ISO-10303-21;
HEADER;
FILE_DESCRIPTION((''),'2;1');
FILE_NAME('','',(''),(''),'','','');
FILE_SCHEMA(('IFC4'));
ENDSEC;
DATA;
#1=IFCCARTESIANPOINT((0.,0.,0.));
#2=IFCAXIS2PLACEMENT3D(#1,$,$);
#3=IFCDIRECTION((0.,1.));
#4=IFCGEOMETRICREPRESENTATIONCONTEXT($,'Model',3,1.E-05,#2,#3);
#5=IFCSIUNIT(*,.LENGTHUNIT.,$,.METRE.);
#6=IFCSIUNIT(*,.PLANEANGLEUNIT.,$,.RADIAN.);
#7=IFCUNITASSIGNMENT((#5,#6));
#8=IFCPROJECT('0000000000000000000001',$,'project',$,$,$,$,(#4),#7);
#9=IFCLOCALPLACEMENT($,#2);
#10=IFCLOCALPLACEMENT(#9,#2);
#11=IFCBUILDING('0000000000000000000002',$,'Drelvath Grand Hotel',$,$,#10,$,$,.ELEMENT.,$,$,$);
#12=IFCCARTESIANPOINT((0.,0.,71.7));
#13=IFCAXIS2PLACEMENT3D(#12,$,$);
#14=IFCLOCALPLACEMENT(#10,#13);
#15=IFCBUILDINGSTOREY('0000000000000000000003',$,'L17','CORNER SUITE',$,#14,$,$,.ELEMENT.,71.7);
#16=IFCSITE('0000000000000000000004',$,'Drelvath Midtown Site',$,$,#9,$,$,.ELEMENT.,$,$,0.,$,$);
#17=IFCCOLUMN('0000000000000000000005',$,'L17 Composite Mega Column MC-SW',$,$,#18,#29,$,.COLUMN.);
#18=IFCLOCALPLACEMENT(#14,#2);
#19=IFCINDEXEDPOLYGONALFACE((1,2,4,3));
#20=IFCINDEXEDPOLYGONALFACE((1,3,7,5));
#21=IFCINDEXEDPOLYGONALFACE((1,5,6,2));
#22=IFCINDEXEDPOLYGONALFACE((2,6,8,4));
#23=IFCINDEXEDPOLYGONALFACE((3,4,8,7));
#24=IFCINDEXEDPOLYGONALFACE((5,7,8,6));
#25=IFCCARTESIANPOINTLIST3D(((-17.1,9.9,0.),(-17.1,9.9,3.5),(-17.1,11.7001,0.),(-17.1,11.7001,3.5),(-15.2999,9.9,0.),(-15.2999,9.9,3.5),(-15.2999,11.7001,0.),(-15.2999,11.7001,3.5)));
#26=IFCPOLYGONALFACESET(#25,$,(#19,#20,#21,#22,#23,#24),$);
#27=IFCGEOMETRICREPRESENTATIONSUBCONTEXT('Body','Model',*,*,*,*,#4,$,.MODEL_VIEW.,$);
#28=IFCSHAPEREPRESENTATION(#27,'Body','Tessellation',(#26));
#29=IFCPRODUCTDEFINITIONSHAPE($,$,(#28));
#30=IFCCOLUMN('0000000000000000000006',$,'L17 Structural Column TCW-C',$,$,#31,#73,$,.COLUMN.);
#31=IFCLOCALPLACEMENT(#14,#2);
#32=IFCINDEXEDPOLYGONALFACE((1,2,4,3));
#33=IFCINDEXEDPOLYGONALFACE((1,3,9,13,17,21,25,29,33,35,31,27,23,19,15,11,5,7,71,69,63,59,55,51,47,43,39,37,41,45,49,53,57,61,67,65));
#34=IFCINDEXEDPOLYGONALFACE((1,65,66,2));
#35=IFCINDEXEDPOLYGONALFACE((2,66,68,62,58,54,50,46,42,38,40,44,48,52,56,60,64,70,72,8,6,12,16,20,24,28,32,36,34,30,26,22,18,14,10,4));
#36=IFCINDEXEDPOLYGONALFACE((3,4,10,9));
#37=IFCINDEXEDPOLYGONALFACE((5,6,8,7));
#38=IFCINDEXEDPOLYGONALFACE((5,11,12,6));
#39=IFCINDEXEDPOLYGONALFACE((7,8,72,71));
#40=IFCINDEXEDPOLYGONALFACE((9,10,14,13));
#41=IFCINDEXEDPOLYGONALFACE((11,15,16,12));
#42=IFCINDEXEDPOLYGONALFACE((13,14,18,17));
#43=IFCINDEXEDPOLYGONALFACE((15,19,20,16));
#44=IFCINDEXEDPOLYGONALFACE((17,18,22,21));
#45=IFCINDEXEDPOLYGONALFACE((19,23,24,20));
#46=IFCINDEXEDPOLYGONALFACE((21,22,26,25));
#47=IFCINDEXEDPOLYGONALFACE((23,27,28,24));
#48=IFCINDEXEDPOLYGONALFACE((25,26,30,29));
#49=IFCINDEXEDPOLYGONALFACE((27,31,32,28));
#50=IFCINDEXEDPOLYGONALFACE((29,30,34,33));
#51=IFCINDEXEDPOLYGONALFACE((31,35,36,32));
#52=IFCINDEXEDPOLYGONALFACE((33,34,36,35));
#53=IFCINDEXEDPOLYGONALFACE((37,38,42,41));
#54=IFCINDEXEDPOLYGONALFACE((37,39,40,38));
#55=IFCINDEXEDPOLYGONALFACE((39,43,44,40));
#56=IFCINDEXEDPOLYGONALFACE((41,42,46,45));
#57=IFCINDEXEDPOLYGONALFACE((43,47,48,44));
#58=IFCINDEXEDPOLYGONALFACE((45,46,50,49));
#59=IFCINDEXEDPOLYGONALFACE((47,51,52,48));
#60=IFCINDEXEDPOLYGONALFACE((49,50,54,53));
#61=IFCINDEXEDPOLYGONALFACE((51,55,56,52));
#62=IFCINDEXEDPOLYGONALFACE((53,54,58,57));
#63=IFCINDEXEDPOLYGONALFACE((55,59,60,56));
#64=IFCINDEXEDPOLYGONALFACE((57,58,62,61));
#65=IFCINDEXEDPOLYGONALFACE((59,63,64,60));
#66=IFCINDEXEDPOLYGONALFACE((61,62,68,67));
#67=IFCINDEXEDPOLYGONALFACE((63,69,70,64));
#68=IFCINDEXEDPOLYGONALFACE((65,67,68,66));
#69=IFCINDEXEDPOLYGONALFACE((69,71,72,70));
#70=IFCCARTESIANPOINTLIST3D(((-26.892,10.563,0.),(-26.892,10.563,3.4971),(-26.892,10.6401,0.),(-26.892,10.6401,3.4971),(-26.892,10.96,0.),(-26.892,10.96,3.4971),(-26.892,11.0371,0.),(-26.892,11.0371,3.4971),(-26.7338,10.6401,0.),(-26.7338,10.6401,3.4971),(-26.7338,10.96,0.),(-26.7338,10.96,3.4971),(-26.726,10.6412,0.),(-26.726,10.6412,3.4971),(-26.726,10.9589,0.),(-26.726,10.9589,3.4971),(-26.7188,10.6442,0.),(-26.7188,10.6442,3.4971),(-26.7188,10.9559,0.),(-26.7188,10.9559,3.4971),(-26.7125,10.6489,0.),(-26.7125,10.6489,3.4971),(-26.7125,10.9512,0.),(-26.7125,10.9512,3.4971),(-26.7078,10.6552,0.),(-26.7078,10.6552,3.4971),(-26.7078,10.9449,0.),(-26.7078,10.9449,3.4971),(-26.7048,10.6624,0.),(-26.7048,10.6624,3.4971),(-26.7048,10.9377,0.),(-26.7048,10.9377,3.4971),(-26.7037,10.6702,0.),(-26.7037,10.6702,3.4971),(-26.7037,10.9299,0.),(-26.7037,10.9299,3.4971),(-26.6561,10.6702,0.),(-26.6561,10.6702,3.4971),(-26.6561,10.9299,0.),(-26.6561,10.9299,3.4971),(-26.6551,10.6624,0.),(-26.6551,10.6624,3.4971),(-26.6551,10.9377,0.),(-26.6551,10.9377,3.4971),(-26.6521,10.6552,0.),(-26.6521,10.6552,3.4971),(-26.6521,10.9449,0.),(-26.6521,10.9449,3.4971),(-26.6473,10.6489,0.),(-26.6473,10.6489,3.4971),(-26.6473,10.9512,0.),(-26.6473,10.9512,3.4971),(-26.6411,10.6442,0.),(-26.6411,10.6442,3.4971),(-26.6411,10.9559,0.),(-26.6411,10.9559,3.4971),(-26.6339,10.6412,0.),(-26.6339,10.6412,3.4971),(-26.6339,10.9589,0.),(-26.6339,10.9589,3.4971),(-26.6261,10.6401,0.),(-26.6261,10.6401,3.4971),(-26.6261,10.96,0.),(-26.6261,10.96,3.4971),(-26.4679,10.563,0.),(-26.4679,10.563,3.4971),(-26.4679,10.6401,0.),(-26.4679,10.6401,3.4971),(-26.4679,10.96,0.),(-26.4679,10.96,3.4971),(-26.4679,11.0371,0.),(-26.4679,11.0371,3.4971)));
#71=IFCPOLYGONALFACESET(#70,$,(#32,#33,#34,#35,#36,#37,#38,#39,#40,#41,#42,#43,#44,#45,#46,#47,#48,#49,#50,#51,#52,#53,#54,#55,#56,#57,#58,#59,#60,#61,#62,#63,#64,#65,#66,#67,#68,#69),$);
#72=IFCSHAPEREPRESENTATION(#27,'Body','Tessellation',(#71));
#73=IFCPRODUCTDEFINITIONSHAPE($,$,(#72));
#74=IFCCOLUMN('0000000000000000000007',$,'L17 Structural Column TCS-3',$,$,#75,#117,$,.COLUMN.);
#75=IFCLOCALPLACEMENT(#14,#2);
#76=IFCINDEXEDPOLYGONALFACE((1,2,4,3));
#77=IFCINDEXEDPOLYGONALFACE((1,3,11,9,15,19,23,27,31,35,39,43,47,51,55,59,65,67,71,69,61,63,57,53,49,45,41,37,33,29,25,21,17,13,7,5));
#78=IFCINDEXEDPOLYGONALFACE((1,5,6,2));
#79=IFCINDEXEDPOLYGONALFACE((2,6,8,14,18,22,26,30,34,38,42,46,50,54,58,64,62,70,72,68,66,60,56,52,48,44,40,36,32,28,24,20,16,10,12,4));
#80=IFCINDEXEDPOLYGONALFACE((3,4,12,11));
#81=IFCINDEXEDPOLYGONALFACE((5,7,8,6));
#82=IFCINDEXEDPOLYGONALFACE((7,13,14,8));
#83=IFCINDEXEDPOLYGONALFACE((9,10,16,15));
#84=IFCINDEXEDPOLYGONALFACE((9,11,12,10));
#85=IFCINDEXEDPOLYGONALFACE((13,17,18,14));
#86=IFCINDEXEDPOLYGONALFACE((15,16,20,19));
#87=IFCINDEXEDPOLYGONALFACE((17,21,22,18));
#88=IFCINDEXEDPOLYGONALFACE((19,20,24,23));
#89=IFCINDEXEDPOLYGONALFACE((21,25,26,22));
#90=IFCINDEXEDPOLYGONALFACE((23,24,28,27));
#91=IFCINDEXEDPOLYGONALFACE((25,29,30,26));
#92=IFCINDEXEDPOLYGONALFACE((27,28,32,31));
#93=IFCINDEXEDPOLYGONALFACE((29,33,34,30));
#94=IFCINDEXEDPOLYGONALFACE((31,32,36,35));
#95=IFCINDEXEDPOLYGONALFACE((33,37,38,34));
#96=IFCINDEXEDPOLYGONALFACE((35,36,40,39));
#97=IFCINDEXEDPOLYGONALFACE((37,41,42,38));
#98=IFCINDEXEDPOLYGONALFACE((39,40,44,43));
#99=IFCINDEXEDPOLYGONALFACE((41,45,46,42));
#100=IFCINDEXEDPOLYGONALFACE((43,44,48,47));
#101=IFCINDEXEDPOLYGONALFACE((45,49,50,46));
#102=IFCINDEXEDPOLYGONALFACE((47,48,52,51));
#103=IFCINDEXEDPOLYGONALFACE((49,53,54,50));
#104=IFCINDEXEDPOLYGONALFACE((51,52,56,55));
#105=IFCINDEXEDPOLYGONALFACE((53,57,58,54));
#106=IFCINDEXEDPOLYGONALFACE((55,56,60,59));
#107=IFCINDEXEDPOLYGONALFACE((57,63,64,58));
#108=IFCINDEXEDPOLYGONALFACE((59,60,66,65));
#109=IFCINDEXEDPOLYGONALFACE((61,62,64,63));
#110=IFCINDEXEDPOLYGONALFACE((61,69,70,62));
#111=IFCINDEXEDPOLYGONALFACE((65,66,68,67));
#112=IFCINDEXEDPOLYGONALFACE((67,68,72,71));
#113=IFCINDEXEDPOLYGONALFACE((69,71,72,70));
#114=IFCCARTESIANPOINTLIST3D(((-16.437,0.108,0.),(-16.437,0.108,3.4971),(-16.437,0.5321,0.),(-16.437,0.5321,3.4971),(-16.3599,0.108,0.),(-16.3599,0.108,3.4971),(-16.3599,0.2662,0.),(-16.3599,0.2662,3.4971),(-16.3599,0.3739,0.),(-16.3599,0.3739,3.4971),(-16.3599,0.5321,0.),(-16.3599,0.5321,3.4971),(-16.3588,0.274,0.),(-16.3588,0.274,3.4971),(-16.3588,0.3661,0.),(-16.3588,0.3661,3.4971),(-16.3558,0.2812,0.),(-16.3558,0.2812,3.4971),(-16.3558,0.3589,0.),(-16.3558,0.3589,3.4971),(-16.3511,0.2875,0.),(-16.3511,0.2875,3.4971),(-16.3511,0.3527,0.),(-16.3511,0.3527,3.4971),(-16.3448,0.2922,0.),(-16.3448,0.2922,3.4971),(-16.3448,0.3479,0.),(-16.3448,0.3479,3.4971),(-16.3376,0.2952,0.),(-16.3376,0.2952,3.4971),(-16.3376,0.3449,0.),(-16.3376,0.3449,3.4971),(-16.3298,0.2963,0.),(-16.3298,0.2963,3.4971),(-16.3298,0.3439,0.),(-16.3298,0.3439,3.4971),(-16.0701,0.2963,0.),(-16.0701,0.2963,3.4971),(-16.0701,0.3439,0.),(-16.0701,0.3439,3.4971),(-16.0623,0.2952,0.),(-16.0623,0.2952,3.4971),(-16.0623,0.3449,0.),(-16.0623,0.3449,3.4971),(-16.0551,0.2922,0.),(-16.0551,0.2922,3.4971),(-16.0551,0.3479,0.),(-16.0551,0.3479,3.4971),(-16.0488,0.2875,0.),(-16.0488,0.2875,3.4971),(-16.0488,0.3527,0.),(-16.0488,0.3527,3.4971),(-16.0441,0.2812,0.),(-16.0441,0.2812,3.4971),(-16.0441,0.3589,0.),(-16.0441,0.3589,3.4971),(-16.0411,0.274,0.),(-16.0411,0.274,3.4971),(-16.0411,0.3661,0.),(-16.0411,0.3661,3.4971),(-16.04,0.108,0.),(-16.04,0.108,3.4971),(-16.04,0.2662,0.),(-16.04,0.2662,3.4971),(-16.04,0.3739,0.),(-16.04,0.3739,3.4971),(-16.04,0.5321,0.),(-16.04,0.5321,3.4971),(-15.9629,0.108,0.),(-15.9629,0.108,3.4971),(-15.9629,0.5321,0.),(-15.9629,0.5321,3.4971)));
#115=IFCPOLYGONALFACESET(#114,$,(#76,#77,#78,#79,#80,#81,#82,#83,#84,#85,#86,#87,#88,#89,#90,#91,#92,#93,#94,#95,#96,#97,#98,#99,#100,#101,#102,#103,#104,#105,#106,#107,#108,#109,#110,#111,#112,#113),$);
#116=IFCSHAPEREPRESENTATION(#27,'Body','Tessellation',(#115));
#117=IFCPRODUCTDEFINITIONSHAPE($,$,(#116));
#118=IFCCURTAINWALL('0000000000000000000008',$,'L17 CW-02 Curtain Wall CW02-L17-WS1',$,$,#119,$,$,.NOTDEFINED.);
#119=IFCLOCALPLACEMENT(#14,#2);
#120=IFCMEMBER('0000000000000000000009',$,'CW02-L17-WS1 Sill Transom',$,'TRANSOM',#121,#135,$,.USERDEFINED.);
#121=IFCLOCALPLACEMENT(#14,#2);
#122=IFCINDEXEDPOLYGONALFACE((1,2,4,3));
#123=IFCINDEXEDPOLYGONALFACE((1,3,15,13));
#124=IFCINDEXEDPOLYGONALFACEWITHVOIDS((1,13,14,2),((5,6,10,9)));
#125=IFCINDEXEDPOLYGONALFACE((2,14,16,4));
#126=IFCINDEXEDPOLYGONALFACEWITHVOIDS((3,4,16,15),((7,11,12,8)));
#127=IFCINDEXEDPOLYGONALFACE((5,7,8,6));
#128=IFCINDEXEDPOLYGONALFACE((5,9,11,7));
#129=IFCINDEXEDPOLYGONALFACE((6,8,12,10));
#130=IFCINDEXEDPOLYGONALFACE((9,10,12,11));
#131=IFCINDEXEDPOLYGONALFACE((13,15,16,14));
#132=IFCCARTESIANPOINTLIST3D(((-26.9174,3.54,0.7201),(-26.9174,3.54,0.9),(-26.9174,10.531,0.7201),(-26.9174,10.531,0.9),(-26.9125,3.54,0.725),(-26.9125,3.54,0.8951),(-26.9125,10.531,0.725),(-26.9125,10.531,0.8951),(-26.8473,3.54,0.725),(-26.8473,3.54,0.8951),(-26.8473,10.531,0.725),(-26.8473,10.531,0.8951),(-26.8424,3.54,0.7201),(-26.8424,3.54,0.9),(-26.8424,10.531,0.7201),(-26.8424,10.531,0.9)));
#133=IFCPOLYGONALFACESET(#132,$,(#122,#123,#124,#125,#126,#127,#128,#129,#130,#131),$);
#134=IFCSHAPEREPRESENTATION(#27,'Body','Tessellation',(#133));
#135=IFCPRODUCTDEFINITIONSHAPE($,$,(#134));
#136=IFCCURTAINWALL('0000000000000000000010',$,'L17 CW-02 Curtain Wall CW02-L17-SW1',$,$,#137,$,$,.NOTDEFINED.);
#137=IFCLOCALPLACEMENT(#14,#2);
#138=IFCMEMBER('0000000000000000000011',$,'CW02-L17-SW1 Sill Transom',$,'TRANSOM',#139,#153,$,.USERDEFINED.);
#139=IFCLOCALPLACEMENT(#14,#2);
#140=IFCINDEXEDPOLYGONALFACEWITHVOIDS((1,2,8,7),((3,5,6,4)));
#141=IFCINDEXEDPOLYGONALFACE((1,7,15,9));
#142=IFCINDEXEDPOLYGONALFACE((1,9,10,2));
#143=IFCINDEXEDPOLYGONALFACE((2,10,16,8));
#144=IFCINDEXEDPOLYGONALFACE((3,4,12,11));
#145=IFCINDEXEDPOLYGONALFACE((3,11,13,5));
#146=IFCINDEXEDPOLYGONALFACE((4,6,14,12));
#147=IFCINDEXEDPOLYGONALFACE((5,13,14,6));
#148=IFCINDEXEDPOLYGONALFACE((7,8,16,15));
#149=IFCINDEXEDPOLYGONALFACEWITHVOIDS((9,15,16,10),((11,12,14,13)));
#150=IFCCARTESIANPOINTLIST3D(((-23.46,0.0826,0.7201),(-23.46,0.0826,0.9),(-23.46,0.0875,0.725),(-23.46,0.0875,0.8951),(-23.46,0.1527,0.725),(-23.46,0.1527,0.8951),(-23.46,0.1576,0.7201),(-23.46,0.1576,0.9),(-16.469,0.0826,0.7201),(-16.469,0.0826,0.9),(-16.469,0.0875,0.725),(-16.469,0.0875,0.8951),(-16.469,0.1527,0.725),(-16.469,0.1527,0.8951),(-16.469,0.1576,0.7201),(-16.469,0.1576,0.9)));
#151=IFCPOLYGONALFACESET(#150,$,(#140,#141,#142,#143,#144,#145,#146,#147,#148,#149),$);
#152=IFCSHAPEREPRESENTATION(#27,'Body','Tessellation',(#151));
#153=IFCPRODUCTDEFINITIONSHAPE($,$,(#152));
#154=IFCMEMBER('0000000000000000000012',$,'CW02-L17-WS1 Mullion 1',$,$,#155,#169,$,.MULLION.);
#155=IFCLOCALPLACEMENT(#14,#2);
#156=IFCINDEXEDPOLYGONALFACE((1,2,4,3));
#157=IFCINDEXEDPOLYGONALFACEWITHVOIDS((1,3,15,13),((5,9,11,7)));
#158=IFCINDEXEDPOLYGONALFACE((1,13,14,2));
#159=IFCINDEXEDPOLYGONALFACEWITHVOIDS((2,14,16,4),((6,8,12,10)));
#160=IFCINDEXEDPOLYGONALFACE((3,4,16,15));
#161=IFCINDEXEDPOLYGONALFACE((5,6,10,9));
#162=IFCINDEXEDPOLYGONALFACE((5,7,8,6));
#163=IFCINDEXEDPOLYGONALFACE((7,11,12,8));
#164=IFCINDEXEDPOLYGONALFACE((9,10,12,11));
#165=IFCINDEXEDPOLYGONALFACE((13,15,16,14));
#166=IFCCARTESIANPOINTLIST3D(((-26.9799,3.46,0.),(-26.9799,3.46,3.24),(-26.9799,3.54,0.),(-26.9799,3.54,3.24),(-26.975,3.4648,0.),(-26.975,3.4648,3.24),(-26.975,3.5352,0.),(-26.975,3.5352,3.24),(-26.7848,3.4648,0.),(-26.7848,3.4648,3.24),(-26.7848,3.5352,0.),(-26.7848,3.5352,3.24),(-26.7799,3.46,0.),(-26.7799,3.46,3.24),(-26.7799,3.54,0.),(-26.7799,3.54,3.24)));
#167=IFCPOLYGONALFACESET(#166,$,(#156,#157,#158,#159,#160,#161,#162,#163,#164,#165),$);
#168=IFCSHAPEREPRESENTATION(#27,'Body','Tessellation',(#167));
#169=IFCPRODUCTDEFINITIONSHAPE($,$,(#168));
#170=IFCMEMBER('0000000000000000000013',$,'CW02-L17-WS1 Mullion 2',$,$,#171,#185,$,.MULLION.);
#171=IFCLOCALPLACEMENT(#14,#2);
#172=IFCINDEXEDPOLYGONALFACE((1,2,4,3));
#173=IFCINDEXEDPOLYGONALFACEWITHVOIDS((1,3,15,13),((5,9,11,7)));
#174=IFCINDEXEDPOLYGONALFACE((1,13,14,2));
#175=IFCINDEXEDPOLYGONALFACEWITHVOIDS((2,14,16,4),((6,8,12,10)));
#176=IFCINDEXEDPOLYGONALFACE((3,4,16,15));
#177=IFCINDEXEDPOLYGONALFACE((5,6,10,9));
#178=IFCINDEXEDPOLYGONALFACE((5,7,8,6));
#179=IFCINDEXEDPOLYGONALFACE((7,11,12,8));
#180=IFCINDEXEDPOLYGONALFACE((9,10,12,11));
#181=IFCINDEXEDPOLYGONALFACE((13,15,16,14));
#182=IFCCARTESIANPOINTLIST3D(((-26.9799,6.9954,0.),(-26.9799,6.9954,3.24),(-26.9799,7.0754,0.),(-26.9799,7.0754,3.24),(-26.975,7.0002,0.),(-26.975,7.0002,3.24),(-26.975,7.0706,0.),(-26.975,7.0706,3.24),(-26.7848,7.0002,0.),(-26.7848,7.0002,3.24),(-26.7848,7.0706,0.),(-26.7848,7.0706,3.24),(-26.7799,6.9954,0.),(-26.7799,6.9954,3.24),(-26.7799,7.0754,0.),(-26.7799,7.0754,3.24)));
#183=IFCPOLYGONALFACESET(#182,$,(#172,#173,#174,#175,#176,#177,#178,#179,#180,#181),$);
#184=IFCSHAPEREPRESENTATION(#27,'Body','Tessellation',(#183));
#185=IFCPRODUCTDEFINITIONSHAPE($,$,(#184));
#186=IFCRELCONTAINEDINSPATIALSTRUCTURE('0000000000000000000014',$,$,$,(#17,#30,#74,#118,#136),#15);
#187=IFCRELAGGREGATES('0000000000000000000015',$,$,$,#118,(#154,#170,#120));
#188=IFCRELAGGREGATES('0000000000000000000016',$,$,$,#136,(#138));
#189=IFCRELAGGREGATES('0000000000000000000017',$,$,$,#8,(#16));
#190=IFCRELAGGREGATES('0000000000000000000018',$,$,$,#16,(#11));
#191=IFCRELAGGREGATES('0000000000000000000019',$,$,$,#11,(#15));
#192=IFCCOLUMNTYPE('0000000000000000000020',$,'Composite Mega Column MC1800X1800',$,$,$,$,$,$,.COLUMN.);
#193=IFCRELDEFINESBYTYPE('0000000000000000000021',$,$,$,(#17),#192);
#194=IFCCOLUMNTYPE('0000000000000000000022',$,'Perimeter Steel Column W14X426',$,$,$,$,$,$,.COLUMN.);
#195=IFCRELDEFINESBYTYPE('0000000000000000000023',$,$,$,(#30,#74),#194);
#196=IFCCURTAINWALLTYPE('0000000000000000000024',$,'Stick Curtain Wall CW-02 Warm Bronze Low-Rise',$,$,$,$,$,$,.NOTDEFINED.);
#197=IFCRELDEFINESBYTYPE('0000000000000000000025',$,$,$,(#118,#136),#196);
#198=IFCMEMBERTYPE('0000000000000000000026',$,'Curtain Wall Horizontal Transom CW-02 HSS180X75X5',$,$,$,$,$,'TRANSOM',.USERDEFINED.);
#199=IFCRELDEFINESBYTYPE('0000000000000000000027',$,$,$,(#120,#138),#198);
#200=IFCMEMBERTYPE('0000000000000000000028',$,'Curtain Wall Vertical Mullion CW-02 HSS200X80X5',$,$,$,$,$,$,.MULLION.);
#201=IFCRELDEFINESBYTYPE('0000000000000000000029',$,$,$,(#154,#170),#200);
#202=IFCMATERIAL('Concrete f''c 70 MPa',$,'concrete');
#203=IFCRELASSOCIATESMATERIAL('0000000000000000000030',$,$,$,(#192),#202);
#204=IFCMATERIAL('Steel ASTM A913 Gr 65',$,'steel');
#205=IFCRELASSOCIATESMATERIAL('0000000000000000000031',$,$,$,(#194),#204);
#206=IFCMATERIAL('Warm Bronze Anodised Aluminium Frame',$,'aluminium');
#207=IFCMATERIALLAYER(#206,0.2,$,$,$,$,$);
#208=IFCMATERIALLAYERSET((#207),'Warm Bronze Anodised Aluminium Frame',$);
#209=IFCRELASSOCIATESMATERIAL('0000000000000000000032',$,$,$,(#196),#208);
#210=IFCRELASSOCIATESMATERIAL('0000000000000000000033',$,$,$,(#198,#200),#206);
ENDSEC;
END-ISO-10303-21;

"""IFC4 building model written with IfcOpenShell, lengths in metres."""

from ifc_helpers import new_model, si_unit, direction, frame, origin, origin_2d, place, context, subcontext, project, spatial, rectangle, hollow_rectangle, i_section, extrude, material, layer, layer_set, material_profile, profile_set, type_object, element, aggregate, save


model = new_model("IFC4")

# Units and contexts
model_context = context("Model", 3, precision=1e-05, world=origin(), true_north=direction((0.0, 1.0)))
body_context = subcontext(model_context, "Body", "Model", "MODEL_VIEW")
ifc_project = project(units=[si_unit("LENGTHUNIT", "METRE"), si_unit("PLANEANGLEUNIT", "RADIAN")], contexts=[model_context])

# Site, building, storey
site_placement = place(None, origin())
site = spatial("IfcSite", under=ifc_project, at=site_placement, Name="Drelvath Midtown Site", CompositionType="ELEMENT", RefElevation=0.0)
building_placement = place(site_placement, origin())
building = spatial("IfcBuilding", under=site, at=building_placement, Name="Drelvath Grand Hotel", CompositionType="ELEMENT")
storey_placement = place(building_placement, frame((0.0, 0.0, 71.7)))
storey = spatial("IfcBuildingStorey", under=building, at=storey_placement, Name="L17", Description="CORNER SUITE", CompositionType="ELEMENT", Elevation=71.7)

# Columns
ifc_material_1 = material(Name="Concrete f'c 70 MPa", Category="concrete")
ifc_material_profile_1 = material_profile(ifc_material_1, rectangle(XDim=1.8, YDim=1.8, at=origin_2d()), Name="MC1800X1800")
ifc_profile_set_1 = profile_set([ifc_material_profile_1], Name="Concrete f'c 70 MPa")
column_type_1 = type_object("IfcColumnType", Name="Composite Mega Column MC1800X1800", PredefinedType="COLUMN", material=ifc_profile_set_1)
column_placement = place(storey_placement, frame((-16.2, 10.8, 0.0), z_axis=(0.0, 0.0, 1.0), x_axis=(1.0, 0.0, 0.0)))
element("IfcColumn", 1, at=column_placement, inside=storey, type_object=column_type_1, Name="L17 Composite Mega Column MC-SW", PredefinedType="COLUMN", context=body_context, shape_type="SweptSolid", body=[
    extrude(rectangle(XDim=1.8, YDim=1.8, at=origin_2d()), origin(), (0.0, 0.0, 1.0), 3.5),
])
ifc_material_2 = material(Name="Steel ASTM A913 Gr 65", Category="steel")
ifc_material_profile_2 = material_profile(ifc_material_2, i_section(OverallWidth=0.4241, OverallDepth=0.4741, WebThickness=0.0476, FlangeThickness=0.0771, FilletRadius=0.03, at=origin_2d()), Name="W14X426")
ifc_profile_set_2 = profile_set([ifc_material_profile_2], Name="Steel ASTM A913 Gr 65")
column_type_2 = type_object("IfcColumnType", Name="Perimeter Steel Column W14X426", PredefinedType="COLUMN", material=ifc_profile_set_2)
for number, where, z_axis, x_axis, name in (
    (2, (-26.6799, 10.8, 0.0), (0.0, 0.0, 1.0), (1.0, 0.0, 0.0), "L17 Structural Column TCW-C"),
    (3, (-16.2, 0.3201, 0.0), (0.0, 0.0, 1.0), (0.0, 1.0, 0.0), "L17 Structural Column TCS-3"),
):
    element("IfcColumn", number, at=place(storey_placement, frame(where, z_axis=z_axis, x_axis=x_axis)), inside=storey, type_object=column_type_2, Name=name, PredefinedType="COLUMN", context=body_context, shape_type="SweptSolid", body=[
        extrude(i_section(OverallWidth=0.4241, OverallDepth=0.4741, WebThickness=0.0476, FlangeThickness=0.0771, FilletRadius=0.03, at=origin_2d()), origin(), (0.0, 0.0, 1.0), 3.4971),
    ])

# Curtain walls, members
ifc_material_3 = material(Name="Warm Bronze Anodised Aluminium Frame", Category="aluminium")
ifc_layer_1 = layer(ifc_material_3, 0.2)
ifc_layer_set_1 = layer_set([ifc_layer_1], Name="Warm Bronze Anodised Aluminium Frame")
curtain_wall_type = type_object("IfcCurtainWallType", Name="Stick Curtain Wall CW-02 Warm Bronze Low-Rise", PredefinedType="NOTDEFINED", material=ifc_layer_set_1)
curtain_wall_1_placement = place(storey_placement, origin())
curtain_wall_1 = element("IfcCurtainWall", 4, at=curtain_wall_1_placement, inside=storey, type_object=curtain_wall_type, Name="L17 CW-02 Curtain Wall CW02-L17-WS1", PredefinedType="NOTDEFINED")
ifc_material_profile_3 = material_profile(ifc_material_3, hollow_rectangle(XDim=0.075, YDim=0.1799, WallThickness=0.0049, at=origin_2d()), Name="HSS180X75X5")
ifc_profile_set_3 = profile_set([ifc_material_profile_3], Name="Warm Bronze Anodised Aluminium Frame")
member_type_1 = type_object("IfcMemberType", Name="Curtain Wall Horizontal Transom CW-02 HSS180X75X5", ElementType="TRANSOM", PredefinedType="USERDEFINED", material=ifc_profile_set_3)
member_1_placement = place(storey_placement, frame((-26.8799, 3.54, 0.8101), z_axis=(0.0, 1.0, 0.0), x_axis=(-1.0, 0.0, 0.0)))
member_1 = element("IfcMember", 5, at=member_1_placement, type_object=member_type_1, Name="CW02-L17-WS1 Sill Transom", ObjectType="TRANSOM", PredefinedType="USERDEFINED", context=body_context, shape_type="SweptSolid", body=[
    extrude(hollow_rectangle(XDim=0.075, YDim=0.1799, WallThickness=0.0049, at=origin_2d()), origin(), (0.0, 0.0, 1.0), 6.991),
])
curtain_wall_2_placement = place(storey_placement, origin())
curtain_wall_2 = element("IfcCurtainWall", 6, at=curtain_wall_2_placement, inside=storey, type_object=curtain_wall_type, Name="L17 CW-02 Curtain Wall CW02-L17-SW1", PredefinedType="NOTDEFINED")
member_2_placement = place(storey_placement, frame((-16.469, 0.1201, 0.8101), z_axis=(-1.0, 0.0, 0.0), x_axis=(0.0, -1.0, 0.0)))
member_2 = element("IfcMember", 7, at=member_2_placement, type_object=member_type_1, Name="CW02-L17-SW1 Sill Transom", ObjectType="TRANSOM", PredefinedType="USERDEFINED", context=body_context, shape_type="SweptSolid", body=[
    extrude(hollow_rectangle(XDim=0.075, YDim=0.1799, WallThickness=0.0049, at=origin_2d()), origin(), (0.0, 0.0, 1.0), 6.991),
])

# Members
ifc_material_profile_4 = material_profile(ifc_material_3, hollow_rectangle(XDim=0.0801, YDim=0.2, WallThickness=0.0049, at=origin_2d()), Name="HSS200X80X5")
ifc_profile_set_4 = profile_set([ifc_material_profile_4], Name="Warm Bronze Anodised Aluminium Frame")
member_type_2 = type_object("IfcMemberType", Name="Curtain Wall Vertical Mullion CW-02 HSS200X80X5", PredefinedType="MULLION", material=ifc_profile_set_4)
member_3_placement = place(storey_placement, frame((-26.8799, 3.5, 0.0), z_axis=(0.0, 0.0, 1.0), x_axis=(0.0, 1.0, 0.0)))
member_3 = element("IfcMember", 8, at=member_3_placement, type_object=member_type_2, Name="CW02-L17-WS1 Mullion 1", PredefinedType="MULLION", context=body_context, shape_type="SweptSolid", body=[
    extrude(hollow_rectangle(XDim=0.0801, YDim=0.2, WallThickness=0.0049, at=origin_2d()), origin(), (0.0, 0.0, 1.0), 3.24),
])
member_4_placement = place(storey_placement, frame((-26.8799, 7.0354, 0.0), z_axis=(0.0, 0.0, 1.0), x_axis=(0.0, 1.0, 0.0)))
member_4 = element("IfcMember", 9, at=member_4_placement, type_object=member_type_2, Name="CW02-L17-WS1 Mullion 2", PredefinedType="MULLION", context=body_context, shape_type="SweptSolid", body=[
    extrude(hollow_rectangle(XDim=0.0801, YDim=0.2, WallThickness=0.0049, at=origin_2d()), origin(), (0.0, 0.0, 1.0), 3.24),
])

aggregate(curtain_wall_1, [member_3, member_4, member_1])
aggregate(curtain_wall_2, [member_2])

save(model, "model.ifc")
